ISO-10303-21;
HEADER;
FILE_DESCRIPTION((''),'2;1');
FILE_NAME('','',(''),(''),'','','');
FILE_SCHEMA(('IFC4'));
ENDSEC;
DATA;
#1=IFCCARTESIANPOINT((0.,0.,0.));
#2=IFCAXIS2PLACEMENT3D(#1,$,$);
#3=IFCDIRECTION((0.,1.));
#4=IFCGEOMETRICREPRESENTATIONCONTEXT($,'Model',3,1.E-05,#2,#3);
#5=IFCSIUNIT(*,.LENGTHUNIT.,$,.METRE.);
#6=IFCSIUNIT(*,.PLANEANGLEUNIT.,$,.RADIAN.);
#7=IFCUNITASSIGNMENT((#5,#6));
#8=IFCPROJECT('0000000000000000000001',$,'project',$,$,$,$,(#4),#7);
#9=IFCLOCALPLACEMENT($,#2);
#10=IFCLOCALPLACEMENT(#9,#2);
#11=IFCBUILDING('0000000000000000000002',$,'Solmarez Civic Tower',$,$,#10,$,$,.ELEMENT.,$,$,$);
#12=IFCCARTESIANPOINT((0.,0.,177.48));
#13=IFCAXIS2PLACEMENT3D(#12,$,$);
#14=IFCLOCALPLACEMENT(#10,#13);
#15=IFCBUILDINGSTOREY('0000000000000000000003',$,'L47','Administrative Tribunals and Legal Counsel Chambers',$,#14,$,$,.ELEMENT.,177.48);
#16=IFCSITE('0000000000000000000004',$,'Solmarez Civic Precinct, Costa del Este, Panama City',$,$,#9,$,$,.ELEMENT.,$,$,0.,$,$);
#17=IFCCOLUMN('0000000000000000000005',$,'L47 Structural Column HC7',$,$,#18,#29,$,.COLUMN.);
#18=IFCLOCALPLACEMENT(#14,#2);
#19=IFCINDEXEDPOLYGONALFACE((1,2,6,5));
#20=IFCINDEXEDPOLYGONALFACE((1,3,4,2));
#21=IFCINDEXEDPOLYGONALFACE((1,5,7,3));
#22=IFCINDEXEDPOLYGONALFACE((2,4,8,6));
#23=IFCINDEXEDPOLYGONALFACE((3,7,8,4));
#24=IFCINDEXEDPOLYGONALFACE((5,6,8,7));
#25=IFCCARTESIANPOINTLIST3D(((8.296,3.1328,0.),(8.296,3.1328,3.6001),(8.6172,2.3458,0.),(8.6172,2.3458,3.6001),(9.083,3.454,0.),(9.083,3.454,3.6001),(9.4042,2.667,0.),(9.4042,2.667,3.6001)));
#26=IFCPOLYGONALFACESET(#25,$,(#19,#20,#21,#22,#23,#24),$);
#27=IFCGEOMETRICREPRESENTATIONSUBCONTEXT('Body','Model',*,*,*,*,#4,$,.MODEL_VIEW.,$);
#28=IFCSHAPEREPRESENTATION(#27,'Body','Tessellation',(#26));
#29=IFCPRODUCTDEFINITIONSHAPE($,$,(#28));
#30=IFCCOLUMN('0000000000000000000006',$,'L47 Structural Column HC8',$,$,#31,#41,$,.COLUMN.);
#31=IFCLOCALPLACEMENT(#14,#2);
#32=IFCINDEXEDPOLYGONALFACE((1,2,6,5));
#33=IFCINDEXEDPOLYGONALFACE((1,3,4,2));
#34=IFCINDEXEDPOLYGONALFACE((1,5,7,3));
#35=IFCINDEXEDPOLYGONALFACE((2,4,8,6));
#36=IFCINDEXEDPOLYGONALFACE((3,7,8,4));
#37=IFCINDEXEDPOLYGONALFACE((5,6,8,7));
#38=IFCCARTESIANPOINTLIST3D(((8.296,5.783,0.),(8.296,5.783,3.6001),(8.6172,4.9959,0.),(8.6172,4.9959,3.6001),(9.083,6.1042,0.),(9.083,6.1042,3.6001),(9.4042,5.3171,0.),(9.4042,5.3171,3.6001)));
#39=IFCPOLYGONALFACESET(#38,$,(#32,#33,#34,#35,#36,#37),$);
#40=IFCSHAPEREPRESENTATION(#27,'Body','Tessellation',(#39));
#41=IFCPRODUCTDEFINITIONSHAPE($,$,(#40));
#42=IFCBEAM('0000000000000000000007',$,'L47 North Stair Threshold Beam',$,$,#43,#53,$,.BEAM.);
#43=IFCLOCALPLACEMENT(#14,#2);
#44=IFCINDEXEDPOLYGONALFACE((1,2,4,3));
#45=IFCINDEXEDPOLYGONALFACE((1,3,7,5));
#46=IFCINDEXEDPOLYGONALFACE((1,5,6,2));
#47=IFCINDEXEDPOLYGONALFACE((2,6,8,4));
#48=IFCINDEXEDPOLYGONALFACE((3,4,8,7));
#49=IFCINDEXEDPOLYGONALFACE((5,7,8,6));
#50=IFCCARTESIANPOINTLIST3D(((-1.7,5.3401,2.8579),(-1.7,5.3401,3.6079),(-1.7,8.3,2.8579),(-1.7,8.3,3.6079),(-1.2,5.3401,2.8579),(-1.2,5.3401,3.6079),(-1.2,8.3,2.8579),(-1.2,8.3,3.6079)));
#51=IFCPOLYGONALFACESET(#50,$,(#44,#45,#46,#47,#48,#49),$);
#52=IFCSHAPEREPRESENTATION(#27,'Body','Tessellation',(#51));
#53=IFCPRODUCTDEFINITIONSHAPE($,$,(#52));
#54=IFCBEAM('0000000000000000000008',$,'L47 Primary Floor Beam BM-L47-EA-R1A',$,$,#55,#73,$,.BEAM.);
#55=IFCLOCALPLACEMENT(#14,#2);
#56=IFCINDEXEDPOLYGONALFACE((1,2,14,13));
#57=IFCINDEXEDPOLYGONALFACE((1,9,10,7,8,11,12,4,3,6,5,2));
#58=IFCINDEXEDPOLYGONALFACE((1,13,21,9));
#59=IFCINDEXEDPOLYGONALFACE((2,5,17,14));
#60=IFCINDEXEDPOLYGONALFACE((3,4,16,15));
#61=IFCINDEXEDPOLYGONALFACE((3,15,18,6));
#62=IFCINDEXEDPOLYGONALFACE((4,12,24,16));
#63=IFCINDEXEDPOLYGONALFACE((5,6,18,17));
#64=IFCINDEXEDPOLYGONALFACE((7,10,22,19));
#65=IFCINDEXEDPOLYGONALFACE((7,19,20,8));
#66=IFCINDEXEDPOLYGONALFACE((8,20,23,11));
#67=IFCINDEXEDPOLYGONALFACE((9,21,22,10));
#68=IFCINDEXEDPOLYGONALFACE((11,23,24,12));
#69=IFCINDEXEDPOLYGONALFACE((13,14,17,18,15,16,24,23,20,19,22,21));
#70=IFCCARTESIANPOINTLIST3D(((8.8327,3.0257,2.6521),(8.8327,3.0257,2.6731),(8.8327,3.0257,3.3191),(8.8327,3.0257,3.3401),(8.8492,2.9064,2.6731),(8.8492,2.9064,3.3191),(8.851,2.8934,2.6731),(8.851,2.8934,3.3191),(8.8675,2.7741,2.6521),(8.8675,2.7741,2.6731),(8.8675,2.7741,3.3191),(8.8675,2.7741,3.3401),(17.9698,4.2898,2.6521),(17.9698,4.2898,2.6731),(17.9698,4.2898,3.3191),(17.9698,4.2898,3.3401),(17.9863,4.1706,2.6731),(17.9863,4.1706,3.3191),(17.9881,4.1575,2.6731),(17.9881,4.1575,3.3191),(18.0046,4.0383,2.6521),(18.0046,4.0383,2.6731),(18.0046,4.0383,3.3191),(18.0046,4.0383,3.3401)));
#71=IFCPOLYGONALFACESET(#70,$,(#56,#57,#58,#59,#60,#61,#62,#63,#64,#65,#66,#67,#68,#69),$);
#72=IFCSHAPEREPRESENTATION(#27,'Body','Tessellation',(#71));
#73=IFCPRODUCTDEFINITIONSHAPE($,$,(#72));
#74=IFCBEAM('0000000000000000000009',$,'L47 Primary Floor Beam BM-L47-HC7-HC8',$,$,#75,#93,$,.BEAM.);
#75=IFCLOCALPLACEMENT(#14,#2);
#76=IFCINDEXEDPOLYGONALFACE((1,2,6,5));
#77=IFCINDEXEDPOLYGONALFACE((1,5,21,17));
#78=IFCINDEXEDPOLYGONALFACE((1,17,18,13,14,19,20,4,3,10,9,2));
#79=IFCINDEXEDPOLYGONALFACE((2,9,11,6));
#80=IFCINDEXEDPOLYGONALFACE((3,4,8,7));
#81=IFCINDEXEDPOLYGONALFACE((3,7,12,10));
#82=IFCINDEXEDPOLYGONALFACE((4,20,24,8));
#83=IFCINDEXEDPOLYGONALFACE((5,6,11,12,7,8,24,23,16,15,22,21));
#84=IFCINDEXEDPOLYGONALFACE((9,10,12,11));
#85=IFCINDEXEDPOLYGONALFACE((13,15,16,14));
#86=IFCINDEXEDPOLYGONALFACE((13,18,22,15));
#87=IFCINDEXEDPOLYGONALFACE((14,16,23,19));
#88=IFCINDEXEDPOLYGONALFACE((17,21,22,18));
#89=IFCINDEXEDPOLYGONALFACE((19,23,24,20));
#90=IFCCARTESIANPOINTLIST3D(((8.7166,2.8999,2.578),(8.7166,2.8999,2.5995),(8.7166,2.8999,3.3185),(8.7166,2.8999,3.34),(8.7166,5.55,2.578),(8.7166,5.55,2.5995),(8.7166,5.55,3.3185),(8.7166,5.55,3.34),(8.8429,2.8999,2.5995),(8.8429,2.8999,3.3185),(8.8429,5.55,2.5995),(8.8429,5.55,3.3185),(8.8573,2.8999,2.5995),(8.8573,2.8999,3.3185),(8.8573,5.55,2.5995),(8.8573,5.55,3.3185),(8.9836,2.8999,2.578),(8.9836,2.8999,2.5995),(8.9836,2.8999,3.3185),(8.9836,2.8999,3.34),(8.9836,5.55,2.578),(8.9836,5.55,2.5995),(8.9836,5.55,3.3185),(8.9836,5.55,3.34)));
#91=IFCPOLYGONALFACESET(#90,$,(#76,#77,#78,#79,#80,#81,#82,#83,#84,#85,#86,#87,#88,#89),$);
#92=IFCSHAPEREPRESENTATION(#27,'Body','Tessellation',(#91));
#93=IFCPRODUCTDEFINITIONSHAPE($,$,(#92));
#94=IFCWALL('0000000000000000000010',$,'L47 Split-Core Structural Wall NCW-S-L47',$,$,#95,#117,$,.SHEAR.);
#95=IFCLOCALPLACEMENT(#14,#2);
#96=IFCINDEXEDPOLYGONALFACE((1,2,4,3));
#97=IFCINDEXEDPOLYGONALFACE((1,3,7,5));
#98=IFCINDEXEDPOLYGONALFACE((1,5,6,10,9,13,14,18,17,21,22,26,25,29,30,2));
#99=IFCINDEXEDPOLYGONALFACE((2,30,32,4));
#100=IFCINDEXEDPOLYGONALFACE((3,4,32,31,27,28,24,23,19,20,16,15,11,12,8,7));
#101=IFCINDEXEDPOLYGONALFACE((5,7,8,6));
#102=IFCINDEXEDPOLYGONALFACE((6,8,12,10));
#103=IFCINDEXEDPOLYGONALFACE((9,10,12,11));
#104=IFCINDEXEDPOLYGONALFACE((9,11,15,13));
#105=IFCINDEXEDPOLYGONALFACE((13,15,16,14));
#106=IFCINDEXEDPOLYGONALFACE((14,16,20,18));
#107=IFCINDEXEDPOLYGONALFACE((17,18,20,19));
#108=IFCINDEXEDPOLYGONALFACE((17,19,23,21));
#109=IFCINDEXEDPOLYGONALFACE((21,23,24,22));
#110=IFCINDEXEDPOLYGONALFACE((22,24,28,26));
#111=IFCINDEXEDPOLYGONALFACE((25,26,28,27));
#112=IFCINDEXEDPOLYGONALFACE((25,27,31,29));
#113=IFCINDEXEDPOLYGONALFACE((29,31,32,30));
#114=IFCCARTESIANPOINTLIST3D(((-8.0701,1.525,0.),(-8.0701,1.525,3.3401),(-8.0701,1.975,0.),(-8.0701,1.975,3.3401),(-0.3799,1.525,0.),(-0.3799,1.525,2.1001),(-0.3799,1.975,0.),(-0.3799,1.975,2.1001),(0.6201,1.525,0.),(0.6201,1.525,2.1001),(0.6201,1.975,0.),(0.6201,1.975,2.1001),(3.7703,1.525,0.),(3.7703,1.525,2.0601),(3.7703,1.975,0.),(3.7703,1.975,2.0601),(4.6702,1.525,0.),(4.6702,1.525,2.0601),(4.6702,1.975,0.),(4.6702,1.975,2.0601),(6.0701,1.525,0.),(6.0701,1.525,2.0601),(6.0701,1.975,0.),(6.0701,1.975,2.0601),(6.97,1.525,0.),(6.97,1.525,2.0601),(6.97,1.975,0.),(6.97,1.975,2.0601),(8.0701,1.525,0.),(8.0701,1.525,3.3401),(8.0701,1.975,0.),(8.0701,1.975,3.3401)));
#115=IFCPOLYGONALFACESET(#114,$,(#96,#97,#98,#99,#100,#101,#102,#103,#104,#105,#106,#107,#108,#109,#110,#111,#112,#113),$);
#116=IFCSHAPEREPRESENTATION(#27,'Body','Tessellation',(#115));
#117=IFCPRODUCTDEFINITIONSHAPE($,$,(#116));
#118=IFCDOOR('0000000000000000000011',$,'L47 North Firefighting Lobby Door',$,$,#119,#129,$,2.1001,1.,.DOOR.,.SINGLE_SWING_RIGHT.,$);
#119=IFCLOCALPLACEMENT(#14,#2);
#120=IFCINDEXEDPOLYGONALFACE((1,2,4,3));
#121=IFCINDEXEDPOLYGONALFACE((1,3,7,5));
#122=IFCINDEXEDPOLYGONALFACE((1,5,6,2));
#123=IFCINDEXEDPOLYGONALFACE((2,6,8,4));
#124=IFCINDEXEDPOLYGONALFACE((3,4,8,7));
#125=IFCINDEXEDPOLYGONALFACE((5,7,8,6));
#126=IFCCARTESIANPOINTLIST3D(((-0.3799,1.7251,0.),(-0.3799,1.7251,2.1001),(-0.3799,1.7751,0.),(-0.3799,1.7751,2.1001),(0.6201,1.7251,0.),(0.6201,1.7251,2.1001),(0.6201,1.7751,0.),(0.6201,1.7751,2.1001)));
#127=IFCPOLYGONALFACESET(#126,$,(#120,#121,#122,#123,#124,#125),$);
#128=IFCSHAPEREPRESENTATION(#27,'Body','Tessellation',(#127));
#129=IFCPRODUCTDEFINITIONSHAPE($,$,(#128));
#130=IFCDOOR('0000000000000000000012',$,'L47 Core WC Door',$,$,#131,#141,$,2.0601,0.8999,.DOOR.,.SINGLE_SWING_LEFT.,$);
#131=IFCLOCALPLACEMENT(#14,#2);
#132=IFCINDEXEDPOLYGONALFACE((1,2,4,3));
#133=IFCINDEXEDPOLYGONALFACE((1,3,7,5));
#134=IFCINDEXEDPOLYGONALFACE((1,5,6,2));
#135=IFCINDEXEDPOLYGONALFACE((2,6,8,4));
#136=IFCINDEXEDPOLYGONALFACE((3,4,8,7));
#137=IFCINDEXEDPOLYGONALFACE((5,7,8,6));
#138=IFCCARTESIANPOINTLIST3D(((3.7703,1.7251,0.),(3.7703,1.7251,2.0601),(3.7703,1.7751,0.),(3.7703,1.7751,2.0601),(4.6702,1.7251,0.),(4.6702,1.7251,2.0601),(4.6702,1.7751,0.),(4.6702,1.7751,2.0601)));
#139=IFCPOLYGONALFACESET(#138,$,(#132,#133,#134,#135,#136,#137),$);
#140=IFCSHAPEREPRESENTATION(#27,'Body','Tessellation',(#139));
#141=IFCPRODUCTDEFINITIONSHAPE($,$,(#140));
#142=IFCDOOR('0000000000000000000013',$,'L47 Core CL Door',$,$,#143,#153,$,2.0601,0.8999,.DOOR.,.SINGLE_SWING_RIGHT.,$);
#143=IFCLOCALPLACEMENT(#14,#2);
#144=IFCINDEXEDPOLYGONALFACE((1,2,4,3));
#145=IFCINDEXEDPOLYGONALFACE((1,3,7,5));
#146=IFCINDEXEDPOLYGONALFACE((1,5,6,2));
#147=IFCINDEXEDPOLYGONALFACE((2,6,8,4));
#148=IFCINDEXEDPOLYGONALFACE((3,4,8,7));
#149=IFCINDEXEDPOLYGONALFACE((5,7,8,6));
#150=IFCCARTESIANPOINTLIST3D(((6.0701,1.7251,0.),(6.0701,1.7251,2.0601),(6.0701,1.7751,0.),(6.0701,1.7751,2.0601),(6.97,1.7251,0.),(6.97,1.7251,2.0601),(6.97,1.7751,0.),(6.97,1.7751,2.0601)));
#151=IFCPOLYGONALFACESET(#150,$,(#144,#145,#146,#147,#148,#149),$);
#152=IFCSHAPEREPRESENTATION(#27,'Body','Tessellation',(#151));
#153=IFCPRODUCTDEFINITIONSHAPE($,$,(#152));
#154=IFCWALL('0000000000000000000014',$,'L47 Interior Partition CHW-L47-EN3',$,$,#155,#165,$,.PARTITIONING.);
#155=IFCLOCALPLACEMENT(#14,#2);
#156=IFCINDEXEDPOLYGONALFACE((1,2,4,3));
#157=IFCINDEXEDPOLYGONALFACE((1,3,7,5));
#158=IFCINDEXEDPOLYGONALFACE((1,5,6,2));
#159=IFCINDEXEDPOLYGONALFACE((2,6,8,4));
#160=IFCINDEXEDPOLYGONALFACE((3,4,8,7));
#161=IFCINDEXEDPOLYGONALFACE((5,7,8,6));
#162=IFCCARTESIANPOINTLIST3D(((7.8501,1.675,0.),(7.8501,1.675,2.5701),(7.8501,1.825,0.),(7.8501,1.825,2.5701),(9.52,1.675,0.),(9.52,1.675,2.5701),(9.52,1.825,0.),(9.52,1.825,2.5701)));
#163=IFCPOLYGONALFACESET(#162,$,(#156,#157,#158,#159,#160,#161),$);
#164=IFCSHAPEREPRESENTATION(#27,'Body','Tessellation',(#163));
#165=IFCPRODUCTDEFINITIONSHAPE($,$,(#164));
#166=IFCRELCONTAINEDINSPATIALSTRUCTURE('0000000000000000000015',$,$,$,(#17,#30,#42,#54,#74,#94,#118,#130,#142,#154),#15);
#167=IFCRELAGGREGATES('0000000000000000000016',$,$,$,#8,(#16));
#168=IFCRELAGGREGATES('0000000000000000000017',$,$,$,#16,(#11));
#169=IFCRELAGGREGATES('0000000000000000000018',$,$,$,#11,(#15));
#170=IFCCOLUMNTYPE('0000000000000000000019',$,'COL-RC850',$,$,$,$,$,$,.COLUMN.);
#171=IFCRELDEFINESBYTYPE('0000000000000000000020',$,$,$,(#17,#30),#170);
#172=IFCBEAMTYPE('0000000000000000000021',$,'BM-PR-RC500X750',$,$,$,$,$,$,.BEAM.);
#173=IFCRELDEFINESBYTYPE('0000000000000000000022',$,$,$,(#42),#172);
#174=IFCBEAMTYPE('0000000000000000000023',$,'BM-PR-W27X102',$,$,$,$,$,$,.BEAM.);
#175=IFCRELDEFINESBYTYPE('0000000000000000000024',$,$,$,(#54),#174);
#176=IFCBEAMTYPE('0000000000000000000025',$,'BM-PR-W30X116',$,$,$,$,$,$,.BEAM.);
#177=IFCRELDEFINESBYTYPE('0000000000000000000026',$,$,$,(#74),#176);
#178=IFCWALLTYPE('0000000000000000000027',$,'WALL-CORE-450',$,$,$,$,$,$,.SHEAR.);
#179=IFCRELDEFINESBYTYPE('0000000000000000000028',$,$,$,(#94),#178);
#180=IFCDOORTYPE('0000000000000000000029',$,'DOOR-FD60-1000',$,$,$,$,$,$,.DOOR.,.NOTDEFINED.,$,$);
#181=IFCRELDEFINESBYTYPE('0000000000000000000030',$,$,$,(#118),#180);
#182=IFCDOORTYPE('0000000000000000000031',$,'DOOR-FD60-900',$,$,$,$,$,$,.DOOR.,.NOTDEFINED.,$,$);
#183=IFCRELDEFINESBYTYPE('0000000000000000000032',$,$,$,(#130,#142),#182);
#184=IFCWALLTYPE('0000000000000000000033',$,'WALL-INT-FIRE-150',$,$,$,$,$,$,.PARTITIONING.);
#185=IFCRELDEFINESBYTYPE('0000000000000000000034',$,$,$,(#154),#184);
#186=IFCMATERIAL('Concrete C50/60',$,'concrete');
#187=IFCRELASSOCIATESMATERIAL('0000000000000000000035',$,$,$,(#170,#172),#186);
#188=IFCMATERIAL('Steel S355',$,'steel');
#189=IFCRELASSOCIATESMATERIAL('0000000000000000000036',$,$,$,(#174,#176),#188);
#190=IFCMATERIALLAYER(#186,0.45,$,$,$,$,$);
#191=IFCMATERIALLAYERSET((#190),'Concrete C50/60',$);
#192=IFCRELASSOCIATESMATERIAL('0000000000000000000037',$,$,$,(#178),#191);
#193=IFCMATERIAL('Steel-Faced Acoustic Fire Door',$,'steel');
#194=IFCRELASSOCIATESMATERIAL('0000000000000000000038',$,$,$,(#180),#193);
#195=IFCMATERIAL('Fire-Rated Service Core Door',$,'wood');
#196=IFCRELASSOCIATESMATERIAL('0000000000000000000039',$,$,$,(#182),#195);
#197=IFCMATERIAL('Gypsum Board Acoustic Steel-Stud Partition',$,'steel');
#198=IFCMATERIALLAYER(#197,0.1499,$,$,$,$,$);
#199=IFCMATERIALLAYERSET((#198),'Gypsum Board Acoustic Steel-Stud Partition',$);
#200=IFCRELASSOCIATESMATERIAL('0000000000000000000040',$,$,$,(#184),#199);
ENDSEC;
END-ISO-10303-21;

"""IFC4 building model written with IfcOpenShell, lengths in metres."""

from ifc_helpers import new_model, si_unit, direction, frame, frame_2d, origin, origin_2d, place, context, subcontext, project, spatial, rectangle, i_section, extrude, material, layer, layer_set, material_profile, profile_set, type_object, element, fill, save


model = new_model("IFC4")

# Units and contexts
model_context = context("Model", 3, precision=1e-05, world=origin(), true_north=direction((0.0, 1.0)))
body_context = subcontext(model_context, "Body", "Model", "MODEL_VIEW")
ifc_project = project(units=[si_unit("LENGTHUNIT", "METRE"), si_unit("PLANEANGLEUNIT", "RADIAN")], contexts=[model_context])

# Site, building, storey
site_placement = place(None, origin())
site = spatial("IfcSite", under=ifc_project, at=site_placement, Name="Solmarez Civic Precinct, Costa del Este, Panama City", CompositionType="ELEMENT", RefElevation=0.0)
building_placement = place(site_placement, origin())
building = spatial("IfcBuilding", under=site, at=building_placement, Name="Solmarez Civic Tower", CompositionType="ELEMENT")
storey_placement = place(building_placement, frame((0.0, 0.0, 177.48)))
storey = spatial("IfcBuildingStorey", under=building, at=storey_placement, Name="L47", Description="Administrative Tribunals and Legal Counsel Chambers", CompositionType="ELEMENT", Elevation=177.48)

# Columns
ifc_material_1 = material(Name="Concrete C50/60", Category="concrete")
ifc_material_profile_1 = material_profile(ifc_material_1, rectangle(XDim=0.8501, YDim=0.8501, at=origin_2d()), Name="RC850X850")
ifc_profile_set_1 = profile_set([ifc_material_profile_1], Name="Concrete C50/60")
column_type = type_object("IfcColumnType", Name="COL-RC850", PredefinedType="COLUMN", material=ifc_profile_set_1)
for number, where, z_axis, x_axis, name in (
    (1, (8.8501, 2.8999, 0.0), (0.0, 0.0, 1.0), (0.925871, 0.377841, 0.0), "L47 Structural Column HC7"),
    (2, (8.8501, 5.55, 0.0), (0.0, 0.0, 1.0), (0.925871, 0.377841, 0.0), "L47 Structural Column HC8"),
):
    element("IfcColumn", number, at=place(storey_placement, frame(where, z_axis=z_axis, x_axis=x_axis)), inside=storey, type_object=column_type, Name=name, PredefinedType="COLUMN", context=body_context, shape_type="SweptSolid", body=[
        extrude(rectangle(XDim=0.8501, YDim=0.8501, at=origin_2d()), origin(), (0.0, 0.0, 1.0), 3.6001),
    ])

# Beams
ifc_material_profile_2 = material_profile(ifc_material_1, rectangle(XDim=0.5, YDim=0.75, at=origin_2d()), Name="RC500X750")
ifc_profile_set_2 = profile_set([ifc_material_profile_2], Name="Concrete C50/60")
beam_type_1 = type_object("IfcBeamType", Name="BM-PR-RC500X750", PredefinedType="BEAM", material=ifc_profile_set_2)
beam_1_placement = place(storey_placement, frame((-1.45, 5.3401, 3.2329), z_axis=(0.0, 1.0, 0.0), x_axis=(-1.0, 0.0, 0.0)))
element("IfcBeam", 3, at=beam_1_placement, inside=storey, type_object=beam_type_1, Name="L47 North Stair Threshold Beam", PredefinedType="BEAM", context=body_context, shape_type="SweptSolid", body=[
    extrude(rectangle(XDim=0.5, YDim=0.75, at=origin_2d()), origin(), (0.0, 0.0, 1.0), 2.96),
])
ifc_material_2 = material(Name="Steel S355", Category="steel")
ifc_material_profile_3 = material_profile(ifc_material_2, i_section(OverallWidth=0.2539, OverallDepth=0.688, WebThickness=0.0132, FlangeThickness=0.021, at=origin_2d()), Name="W27X102")
ifc_profile_set_3 = profile_set([ifc_material_profile_3], Name="Steel S355")
beam_type_2 = type_object("IfcBeamType", Name="BM-PR-W27X102", PredefinedType="BEAM", material=ifc_profile_set_3)
beam_2_placement = place(storey_placement, frame((8.8501, 2.8999, 2.9961), z_axis=(0.990564, 0.137051, 0.0), x_axis=(-0.137051, 0.990564, 0.0)))
element("IfcBeam", 4, at=beam_2_placement, inside=storey, type_object=beam_type_2, Name="L47 Primary Floor Beam BM-L47-EA-R1A", PredefinedType="BEAM", context=body_context, shape_type="SweptSolid", body=[
    extrude(i_section(OverallWidth=0.2539, OverallDepth=0.688, WebThickness=0.0132, FlangeThickness=0.021, at=origin_2d()), origin(), (0.0, 0.0, 1.0), 9.2241),
])
ifc_material_profile_4 = material_profile(ifc_material_2, i_section(OverallWidth=0.2671, OverallDepth=0.762, WebThickness=0.0144, FlangeThickness=0.0215, at=origin_2d()), Name="W30X116")
ifc_profile_set_4 = profile_set([ifc_material_profile_4], Name="Steel S355")
beam_type_3 = type_object("IfcBeamType", Name="BM-PR-W30X116", PredefinedType="BEAM", material=ifc_profile_set_4)
beam_3_placement = place(storey_placement, frame((8.8501, 2.8999, 2.959), z_axis=(0.0, 1.0, 0.0), x_axis=(-1.0, 0.0, 0.0)))
element("IfcBeam", 5, at=beam_3_placement, inside=storey, type_object=beam_type_3, Name="L47 Primary Floor Beam BM-L47-HC7-HC8", PredefinedType="BEAM", context=body_context, shape_type="SweptSolid", body=[
    extrude(i_section(OverallWidth=0.2671, OverallDepth=0.762, WebThickness=0.0144, FlangeThickness=0.0215, at=origin_2d()), origin(), (0.0, 0.0, 1.0), 2.6501),
])

# Wall, openings, doors
ifc_layer_1 = layer(ifc_material_1, 0.45)
ifc_layer_set_1 = layer_set([ifc_layer_1], Name="Concrete C50/60")
wall_type_1 = type_object("IfcWallType", Name="WALL-CORE-450", PredefinedType="SHEAR", material=ifc_layer_set_1)
wall_1_placement = place(storey_placement, frame((8.0701, 1.75, 0.0), z_axis=(0.0, 0.0, 1.0), x_axis=(-1.0, 0.0, 0.0)))
wall_1 = element("IfcWall", 6, at=wall_1_placement, inside=storey, type_object=wall_type_1, Name="L47 Split-Core Structural Wall NCW-S-L47", PredefinedType="SHEAR", context=body_context, shape_type="SweptSolid", body=[
    extrude(rectangle(XDim=16.1401, YDim=0.45, at=frame_2d((8.0701, 0.0))), origin(), (0.0, 0.0, 1.0), 3.3401),
])
opening_1_placement = place(wall_1_placement, frame((7.45, 0.0, 0.0)))
opening_1 = element("IfcOpeningElement", 7, at=opening_1_placement, cuts=wall_1, PredefinedType="OPENING", context=body_context, shape_type="SweptSolid", body=[
    extrude(rectangle(XDim=1.0, YDim=2.1001, at=frame_2d((0.5, 1.05))), frame((0.0, 0.2349, 0.0), z_axis=(0.0, -1.0, 0.0), x_axis=(1.0, 0.0, 0.0)), (0.0, 0.0, 1.0), 0.47),
])
opening_2_placement = place(wall_1_placement, frame((3.3999, 0.0, 0.0)))
opening_2 = element("IfcOpeningElement", 8, at=opening_2_placement, cuts=wall_1, PredefinedType="OPENING", context=body_context, shape_type="SweptSolid", body=[
    extrude(rectangle(XDim=0.8999, YDim=2.0601, at=frame_2d((0.45, 1.03))), frame((0.0, 0.2349, 0.0), z_axis=(0.0, -1.0, 0.0), x_axis=(1.0, 0.0, 0.0)), (0.0, 0.0, 1.0), 0.47),
])
opening_3_placement = place(wall_1_placement, frame((1.1001, 0.0, 0.0)))
opening_3 = element("IfcOpeningElement", 9, at=opening_3_placement, cuts=wall_1, PredefinedType="OPENING", context=body_context, shape_type="SweptSolid", body=[
    extrude(rectangle(XDim=0.8999, YDim=2.0601, at=frame_2d((0.45, 1.03))), frame((0.0, 0.2349, 0.0), z_axis=(0.0, -1.0, 0.0), x_axis=(1.0, 0.0, 0.0)), (0.0, 0.0, 1.0), 0.47),
])
ifc_material_3 = material(Name="Steel-Faced Acoustic Fire Door", Category="steel")
door_type_1 = type_object("IfcDoorType", Name="DOOR-FD60-1000", OperationType="NOTDEFINED", PredefinedType="DOOR", material=ifc_material_3)
door_1_placement = place(opening_1_placement, origin())
door_1 = element("IfcDoor", 10, at=door_1_placement, inside=storey, type_object=door_type_1, Name="L47 North Firefighting Lobby Door", OperationType="SINGLE_SWING_RIGHT", OverallHeight=2.1001, OverallWidth=1.0, PredefinedType="DOOR", context=body_context, shape_type="SweptSolid", body=[
    extrude(rectangle(XDim=1.0, YDim=2.1001, at=frame_2d((0.5, 1.05))), frame((0.0, 0.0249, 0.0), z_axis=(0.0, -1.0, 0.0), x_axis=(1.0, 0.0, 0.0)), (0.0, 0.0, 1.0), 0.05),
])
fill(opening_1, door_1)
ifc_material_4 = material(Name="Fire-Rated Service Core Door", Category="wood")
door_type_2 = type_object("IfcDoorType", Name="DOOR-FD60-900", OperationType="NOTDEFINED", PredefinedType="DOOR", material=ifc_material_4)
door_2_placement = place(opening_2_placement, origin())
door_2 = element("IfcDoor", 11, at=door_2_placement, inside=storey, type_object=door_type_2, Name="L47 Core WC Door", OperationType="SINGLE_SWING_LEFT", OverallHeight=2.0601, OverallWidth=0.8999, PredefinedType="DOOR", context=body_context, shape_type="SweptSolid", body=[
    extrude(rectangle(XDim=0.8999, YDim=2.0601, at=frame_2d((0.45, 1.03))), frame((0.0, 0.0249, 0.0), z_axis=(0.0, -1.0, 0.0), x_axis=(1.0, 0.0, 0.0)), (0.0, 0.0, 1.0), 0.05),
])
fill(opening_2, door_2)
door_3_placement = place(opening_3_placement, origin())
door_3 = element("IfcDoor", 12, at=door_3_placement, inside=storey, type_object=door_type_2, Name="L47 Core CL Door", OperationType="SINGLE_SWING_RIGHT", OverallHeight=2.0601, OverallWidth=0.8999, PredefinedType="DOOR", context=body_context, shape_type="SweptSolid", body=[
    extrude(rectangle(XDim=0.8999, YDim=2.0601, at=frame_2d((0.45, 1.03))), frame((0.0, 0.0249, 0.0), z_axis=(0.0, -1.0, 0.0), x_axis=(1.0, 0.0, 0.0)), (0.0, 0.0, 1.0), 0.05),
])
fill(opening_3, door_3)

# Wall
ifc_material_5 = material(Name="Gypsum Board Acoustic Steel-Stud Partition", Category="steel")
ifc_layer_2 = layer(ifc_material_5, 0.1499)
ifc_layer_set_2 = layer_set([ifc_layer_2], Name="Gypsum Board Acoustic Steel-Stud Partition")
wall_type_2 = type_object("IfcWallType", Name="WALL-INT-FIRE-150", PredefinedType="PARTITIONING", material=ifc_layer_set_2)
wall_2_placement = place(storey_placement, frame((7.8501, 1.75, 0.0), z_axis=(0.0, 0.0, 1.0), x_axis=(1.0, 0.0, 0.0)))
element("IfcWall", 13, at=wall_2_placement, inside=storey, type_object=wall_type_2, Name="L47 Interior Partition CHW-L47-EN3", PredefinedType="PARTITIONING", context=body_context, shape_type="SweptSolid", body=[
    extrude(rectangle(XDim=1.6699, YDim=0.1499, at=frame_2d((0.835, 0.0))), origin(), (0.0, 0.0, 1.0), 2.5701),
])

save(model, "model.ifc")
